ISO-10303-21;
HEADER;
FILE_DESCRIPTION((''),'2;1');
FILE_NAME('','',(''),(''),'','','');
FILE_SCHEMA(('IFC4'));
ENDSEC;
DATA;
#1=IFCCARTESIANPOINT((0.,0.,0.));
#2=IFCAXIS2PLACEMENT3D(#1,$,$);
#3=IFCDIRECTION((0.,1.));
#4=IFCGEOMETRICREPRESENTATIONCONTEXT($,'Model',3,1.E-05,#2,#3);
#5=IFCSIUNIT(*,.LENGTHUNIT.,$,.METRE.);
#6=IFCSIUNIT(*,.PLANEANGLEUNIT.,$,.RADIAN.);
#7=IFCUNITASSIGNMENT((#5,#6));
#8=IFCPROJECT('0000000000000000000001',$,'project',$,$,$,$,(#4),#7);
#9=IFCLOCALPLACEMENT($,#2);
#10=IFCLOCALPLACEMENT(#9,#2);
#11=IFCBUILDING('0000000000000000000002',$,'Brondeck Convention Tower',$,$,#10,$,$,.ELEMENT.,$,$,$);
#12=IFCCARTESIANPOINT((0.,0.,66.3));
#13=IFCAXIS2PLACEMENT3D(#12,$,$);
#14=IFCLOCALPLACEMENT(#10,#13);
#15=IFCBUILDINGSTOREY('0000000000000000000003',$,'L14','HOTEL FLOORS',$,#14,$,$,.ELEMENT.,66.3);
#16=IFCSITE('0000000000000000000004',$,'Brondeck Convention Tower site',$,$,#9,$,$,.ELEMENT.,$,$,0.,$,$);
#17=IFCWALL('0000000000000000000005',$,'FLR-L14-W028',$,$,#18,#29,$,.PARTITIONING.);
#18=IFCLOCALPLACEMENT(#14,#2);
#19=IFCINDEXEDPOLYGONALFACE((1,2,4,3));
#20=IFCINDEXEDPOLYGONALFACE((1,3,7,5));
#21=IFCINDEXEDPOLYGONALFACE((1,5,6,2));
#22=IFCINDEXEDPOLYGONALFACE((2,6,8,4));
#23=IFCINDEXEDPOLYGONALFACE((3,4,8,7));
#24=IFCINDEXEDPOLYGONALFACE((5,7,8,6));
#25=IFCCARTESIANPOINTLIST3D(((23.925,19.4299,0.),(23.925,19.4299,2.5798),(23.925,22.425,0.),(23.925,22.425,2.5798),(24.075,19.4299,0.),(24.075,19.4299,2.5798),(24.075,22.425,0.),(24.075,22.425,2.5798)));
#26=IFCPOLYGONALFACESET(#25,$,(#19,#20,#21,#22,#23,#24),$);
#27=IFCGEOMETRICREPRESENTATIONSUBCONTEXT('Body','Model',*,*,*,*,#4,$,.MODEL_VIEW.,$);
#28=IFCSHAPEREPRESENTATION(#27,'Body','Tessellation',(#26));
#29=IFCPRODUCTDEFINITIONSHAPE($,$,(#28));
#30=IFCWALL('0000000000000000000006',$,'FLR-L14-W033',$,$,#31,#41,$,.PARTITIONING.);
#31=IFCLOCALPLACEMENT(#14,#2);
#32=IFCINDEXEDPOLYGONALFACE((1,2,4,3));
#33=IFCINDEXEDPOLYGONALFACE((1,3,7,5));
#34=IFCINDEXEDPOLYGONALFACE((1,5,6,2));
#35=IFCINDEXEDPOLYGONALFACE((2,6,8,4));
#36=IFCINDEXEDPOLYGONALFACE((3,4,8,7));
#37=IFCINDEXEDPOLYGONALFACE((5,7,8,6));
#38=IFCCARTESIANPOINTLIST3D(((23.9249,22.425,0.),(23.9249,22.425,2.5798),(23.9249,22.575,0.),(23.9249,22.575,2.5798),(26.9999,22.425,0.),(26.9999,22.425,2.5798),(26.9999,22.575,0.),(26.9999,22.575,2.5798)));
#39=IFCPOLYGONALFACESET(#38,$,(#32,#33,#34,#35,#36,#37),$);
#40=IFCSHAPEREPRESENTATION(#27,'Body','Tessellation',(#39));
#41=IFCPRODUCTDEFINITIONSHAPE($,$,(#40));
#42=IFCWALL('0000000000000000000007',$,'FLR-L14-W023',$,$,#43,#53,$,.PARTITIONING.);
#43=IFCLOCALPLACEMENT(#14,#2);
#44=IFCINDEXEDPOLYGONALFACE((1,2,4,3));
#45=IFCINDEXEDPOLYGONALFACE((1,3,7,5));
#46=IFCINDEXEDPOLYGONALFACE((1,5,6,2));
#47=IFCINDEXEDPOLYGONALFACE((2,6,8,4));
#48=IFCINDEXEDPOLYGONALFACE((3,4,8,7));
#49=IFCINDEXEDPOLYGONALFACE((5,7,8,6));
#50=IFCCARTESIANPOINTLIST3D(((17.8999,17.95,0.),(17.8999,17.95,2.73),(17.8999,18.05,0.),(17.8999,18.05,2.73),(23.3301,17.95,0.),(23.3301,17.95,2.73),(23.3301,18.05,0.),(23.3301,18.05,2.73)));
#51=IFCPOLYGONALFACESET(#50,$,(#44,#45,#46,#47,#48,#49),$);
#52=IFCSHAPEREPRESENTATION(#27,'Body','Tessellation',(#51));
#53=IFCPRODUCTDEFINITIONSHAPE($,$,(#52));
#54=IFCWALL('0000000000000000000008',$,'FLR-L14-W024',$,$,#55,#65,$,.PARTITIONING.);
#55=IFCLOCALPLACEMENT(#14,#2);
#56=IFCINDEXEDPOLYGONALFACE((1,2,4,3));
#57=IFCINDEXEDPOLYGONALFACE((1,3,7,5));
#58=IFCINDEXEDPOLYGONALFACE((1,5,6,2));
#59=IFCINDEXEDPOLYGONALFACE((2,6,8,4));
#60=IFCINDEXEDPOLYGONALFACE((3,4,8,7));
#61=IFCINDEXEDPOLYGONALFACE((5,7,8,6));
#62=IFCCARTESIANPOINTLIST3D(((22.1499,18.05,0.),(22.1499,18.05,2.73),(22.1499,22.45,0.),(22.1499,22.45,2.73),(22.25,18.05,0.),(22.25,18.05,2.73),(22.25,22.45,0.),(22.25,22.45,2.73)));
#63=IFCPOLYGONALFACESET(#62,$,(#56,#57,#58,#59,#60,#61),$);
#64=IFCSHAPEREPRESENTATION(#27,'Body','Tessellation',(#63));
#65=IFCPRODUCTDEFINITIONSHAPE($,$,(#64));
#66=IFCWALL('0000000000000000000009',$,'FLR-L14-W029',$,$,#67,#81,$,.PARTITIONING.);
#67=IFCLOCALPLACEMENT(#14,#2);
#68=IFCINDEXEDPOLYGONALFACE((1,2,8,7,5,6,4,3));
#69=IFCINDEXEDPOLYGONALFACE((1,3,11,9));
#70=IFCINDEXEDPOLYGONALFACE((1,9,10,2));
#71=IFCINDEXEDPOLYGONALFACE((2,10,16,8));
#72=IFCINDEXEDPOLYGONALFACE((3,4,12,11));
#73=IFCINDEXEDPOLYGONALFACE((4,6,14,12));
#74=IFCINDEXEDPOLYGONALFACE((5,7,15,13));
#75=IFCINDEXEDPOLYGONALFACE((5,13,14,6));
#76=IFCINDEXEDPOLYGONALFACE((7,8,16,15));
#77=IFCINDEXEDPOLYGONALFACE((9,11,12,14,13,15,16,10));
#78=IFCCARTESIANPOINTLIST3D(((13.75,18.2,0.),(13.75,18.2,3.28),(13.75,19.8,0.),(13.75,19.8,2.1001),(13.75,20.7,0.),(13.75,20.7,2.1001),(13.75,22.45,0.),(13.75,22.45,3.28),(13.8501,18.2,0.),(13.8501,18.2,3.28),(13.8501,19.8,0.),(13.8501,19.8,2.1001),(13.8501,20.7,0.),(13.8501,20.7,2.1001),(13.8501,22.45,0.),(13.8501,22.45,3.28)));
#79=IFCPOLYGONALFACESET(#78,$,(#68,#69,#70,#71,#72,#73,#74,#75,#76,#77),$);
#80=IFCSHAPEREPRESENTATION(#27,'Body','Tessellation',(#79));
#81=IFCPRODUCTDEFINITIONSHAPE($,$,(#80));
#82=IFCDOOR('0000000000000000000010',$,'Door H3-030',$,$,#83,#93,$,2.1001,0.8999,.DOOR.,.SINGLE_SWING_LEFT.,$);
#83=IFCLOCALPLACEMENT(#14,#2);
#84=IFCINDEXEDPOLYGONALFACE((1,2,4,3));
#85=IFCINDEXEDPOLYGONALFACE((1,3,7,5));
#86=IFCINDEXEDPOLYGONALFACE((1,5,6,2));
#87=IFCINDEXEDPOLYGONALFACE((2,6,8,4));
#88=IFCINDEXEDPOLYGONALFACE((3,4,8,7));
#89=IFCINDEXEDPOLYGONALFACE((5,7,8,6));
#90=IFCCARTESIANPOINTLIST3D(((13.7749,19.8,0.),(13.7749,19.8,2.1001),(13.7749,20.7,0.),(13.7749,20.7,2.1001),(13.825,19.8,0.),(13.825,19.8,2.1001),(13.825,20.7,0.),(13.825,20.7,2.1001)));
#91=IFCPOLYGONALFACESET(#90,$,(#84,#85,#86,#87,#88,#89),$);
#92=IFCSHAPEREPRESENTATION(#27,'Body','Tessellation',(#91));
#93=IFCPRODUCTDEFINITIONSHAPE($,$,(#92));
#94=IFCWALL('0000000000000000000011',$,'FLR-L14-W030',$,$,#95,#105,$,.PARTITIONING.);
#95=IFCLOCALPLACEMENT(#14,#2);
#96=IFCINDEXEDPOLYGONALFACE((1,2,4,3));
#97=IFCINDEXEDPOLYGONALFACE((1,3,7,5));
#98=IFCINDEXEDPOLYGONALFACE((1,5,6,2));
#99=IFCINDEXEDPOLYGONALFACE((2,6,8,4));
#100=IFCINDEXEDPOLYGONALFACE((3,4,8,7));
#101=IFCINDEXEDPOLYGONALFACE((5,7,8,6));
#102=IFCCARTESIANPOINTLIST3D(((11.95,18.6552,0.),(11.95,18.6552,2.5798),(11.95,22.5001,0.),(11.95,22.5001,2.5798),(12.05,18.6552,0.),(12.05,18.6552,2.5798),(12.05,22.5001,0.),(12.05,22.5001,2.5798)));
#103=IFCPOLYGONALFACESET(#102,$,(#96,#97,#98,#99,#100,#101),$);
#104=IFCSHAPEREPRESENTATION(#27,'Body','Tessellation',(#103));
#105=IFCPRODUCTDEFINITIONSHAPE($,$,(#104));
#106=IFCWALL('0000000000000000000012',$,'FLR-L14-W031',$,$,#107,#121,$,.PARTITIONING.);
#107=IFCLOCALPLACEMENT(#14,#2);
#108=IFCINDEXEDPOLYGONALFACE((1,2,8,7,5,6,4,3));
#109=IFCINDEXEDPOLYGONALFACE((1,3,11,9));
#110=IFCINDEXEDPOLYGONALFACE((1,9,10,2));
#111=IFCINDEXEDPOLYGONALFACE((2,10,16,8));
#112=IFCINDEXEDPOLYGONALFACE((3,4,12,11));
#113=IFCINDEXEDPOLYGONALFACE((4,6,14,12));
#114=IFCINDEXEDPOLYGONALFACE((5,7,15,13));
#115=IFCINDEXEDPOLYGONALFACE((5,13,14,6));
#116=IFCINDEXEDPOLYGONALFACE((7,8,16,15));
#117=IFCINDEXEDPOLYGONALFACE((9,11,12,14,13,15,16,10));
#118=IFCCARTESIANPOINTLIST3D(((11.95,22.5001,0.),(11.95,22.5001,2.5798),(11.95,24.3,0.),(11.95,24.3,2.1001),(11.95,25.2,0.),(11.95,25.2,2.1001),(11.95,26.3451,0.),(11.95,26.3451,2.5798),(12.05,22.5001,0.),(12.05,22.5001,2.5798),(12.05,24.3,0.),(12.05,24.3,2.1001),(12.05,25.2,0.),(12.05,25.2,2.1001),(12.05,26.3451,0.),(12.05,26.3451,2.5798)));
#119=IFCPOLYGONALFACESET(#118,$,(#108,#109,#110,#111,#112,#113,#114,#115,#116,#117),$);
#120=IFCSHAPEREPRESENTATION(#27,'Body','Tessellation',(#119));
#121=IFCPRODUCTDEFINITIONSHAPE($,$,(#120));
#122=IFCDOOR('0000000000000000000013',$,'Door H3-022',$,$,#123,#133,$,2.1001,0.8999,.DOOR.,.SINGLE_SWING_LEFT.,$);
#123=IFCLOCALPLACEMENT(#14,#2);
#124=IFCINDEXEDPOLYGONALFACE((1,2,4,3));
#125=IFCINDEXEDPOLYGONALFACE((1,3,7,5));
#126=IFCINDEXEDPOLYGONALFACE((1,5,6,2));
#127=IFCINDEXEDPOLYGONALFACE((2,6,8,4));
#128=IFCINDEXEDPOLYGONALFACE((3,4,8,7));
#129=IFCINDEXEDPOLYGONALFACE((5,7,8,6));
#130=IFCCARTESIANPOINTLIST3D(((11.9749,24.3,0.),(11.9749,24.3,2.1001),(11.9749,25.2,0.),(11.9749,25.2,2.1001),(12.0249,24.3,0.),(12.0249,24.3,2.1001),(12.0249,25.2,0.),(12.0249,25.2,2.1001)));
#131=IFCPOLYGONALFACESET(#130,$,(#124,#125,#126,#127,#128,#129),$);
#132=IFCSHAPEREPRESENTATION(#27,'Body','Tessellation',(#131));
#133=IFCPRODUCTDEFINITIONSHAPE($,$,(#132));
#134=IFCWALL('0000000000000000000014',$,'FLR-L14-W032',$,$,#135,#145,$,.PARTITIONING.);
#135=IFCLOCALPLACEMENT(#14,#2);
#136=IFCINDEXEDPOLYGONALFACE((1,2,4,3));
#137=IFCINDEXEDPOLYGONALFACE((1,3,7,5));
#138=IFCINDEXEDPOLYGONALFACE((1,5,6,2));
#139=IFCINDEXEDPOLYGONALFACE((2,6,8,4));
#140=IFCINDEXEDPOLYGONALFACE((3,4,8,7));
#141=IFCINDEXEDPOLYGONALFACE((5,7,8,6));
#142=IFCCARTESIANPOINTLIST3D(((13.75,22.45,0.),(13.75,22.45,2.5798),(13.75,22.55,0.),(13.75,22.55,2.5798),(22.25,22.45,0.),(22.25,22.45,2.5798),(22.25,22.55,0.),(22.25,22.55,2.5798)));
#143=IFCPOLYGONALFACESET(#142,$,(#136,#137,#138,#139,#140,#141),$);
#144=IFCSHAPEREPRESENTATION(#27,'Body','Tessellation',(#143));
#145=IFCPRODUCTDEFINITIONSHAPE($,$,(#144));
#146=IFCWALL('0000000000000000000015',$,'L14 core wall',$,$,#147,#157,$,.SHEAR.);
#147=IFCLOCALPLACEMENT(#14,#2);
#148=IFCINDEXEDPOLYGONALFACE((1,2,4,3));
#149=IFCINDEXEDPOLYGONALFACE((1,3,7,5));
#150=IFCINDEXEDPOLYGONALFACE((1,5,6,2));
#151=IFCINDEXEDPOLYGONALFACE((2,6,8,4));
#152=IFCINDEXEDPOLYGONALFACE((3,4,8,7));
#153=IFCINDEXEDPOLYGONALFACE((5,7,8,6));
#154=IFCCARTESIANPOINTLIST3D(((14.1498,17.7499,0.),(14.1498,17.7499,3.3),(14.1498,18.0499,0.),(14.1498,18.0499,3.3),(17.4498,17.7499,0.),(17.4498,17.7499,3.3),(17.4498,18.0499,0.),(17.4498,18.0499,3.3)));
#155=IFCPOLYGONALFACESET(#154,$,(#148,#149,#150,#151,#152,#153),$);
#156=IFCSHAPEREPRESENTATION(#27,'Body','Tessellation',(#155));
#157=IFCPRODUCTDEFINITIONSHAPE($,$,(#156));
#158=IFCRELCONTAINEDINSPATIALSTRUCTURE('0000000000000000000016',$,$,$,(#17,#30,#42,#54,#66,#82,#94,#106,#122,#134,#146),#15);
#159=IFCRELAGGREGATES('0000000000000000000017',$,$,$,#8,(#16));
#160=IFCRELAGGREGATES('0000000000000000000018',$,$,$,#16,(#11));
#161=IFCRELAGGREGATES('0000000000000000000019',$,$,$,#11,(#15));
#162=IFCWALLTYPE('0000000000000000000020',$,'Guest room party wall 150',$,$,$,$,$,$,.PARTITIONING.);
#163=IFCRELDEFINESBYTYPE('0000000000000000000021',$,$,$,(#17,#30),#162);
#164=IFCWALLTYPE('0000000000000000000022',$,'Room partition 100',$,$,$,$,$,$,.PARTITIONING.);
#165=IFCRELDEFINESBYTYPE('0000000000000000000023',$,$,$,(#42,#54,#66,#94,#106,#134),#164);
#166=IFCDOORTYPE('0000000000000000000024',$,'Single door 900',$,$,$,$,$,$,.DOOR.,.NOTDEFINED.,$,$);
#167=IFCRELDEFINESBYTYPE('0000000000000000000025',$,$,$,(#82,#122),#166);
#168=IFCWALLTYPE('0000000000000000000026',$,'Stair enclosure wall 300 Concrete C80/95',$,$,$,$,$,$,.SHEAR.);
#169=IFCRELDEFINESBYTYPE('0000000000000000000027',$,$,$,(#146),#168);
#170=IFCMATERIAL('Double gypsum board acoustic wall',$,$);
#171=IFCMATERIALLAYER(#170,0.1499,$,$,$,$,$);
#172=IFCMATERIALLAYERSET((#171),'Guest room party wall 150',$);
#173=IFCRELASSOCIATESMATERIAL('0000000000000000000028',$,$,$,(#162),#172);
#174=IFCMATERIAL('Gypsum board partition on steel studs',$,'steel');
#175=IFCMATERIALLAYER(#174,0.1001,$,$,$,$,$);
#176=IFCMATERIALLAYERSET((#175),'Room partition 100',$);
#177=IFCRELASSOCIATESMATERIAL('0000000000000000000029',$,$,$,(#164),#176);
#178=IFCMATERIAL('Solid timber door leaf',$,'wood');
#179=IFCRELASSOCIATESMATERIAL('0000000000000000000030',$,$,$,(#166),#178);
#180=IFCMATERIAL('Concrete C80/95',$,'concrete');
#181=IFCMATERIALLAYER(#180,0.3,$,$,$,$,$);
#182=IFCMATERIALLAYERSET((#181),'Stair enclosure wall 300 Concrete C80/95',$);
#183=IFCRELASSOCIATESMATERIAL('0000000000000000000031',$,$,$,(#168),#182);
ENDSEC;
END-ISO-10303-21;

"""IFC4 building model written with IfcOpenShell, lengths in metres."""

from ifc_helpers import new_model, si_unit, direction, frame, frame_2d, origin, place, context, subcontext, project, spatial, rectangle, extrude, material, layer, layer_set, type_object, element, fill, save


model = new_model("IFC4")

# Units and contexts
model_context = context("Model", 3, precision=1e-05, world=origin(), true_north=direction((0.0, 1.0)))
body_context = subcontext(model_context, "Body", "Model", "MODEL_VIEW")
ifc_project = project(units=[si_unit("LENGTHUNIT", "METRE"), si_unit("PLANEANGLEUNIT", "RADIAN")], contexts=[model_context])

# Site, building, storey
site_placement = place(None, origin())
site = spatial("IfcSite", under=ifc_project, at=site_placement, Name="Brondeck Convention Tower site", CompositionType="ELEMENT", RefElevation=0.0)
building_placement = place(site_placement, origin())
building = spatial("IfcBuilding", under=site, at=building_placement, Name="Brondeck Convention Tower", CompositionType="ELEMENT")
storey_placement = place(building_placement, frame((0.0, 0.0, 66.3)))
storey = spatial("IfcBuildingStorey", under=building, at=storey_placement, Name="L14", Description="HOTEL FLOORS", CompositionType="ELEMENT", Elevation=66.3)

# Shared definitions
ifc_material_1 = material(Name="Concrete C80/95", Category="concrete")

# Shared definitions
ifc_material_2 = material(Name="Double gypsum board acoustic wall")
ifc_layer_1 = layer(ifc_material_2, 0.1499)
ifc_layer_set_1 = layer_set([ifc_layer_1], Name="Guest room party wall 150")
wall_type_1 = type_object("IfcWallType", Name="Guest room party wall 150", PredefinedType="PARTITIONING", material=ifc_layer_set_1)

# Shared definitions
ifc_material_3 = material(Name="Solid timber door leaf", Category="wood")

# Walls
wall_1_placement = place(storey_placement, frame((24.0, 22.425, 0.0), z_axis=(0.0, 0.0, 1.0), x_axis=(0.0, -1.0, 0.0)))
element("IfcWall", 1, at=wall_1_placement, inside=storey, type_object=wall_type_1, Name="FLR-L14-W028", PredefinedType="PARTITIONING", context=body_context, shape_type="SweptSolid", body=[
    extrude(rectangle(XDim=2.9951, YDim=0.1499, at=frame_2d((1.4976, 0.0))), origin(), (0.0, 0.0, 1.0), 2.5798),
])
wall_2_placement = place(storey_placement, frame((27.0, 22.5, 0.0), z_axis=(0.0, 0.0, 1.0), x_axis=(-1.0, 0.0, 0.0)))
element("IfcWall", 2, at=wall_2_placement, inside=storey, type_object=wall_type_1, Name="FLR-L14-W033", PredefinedType="PARTITIONING", context=body_context, shape_type="SweptSolid", body=[
    extrude(rectangle(XDim=3.075, YDim=0.1499, at=frame_2d((1.5376, 0.0))), origin(), (0.0, 0.0, 1.0), 2.5798),
])
ifc_material_4 = material(Name="Gypsum board partition on steel studs", Category="steel")
ifc_layer_2 = layer(ifc_material_4, 0.1001)
ifc_layer_set_2 = layer_set([ifc_layer_2], Name="Room partition 100")
wall_type_2 = type_object("IfcWallType", Name="Room partition 100", PredefinedType="PARTITIONING", material=ifc_layer_set_2)
wall_3_placement = place(storey_placement, frame((23.3301, 18.0, 0.0), z_axis=(0.0, 0.0, 1.0), x_axis=(-1.0, 0.0, 0.0)))
element("IfcWall", 3, at=wall_3_placement, inside=storey, type_object=wall_type_2, Name="FLR-L14-W023", PredefinedType="PARTITIONING", context=body_context, shape_type="SweptSolid", body=[
    extrude(rectangle(XDim=5.4302, YDim=0.1001, at=frame_2d((2.7151, 0.0))), origin(), (0.0, 0.0, 1.0), 2.73),
])
wall_4_placement = place(storey_placement, frame((22.2, 18.05, 0.0), z_axis=(0.0, 0.0, 1.0), x_axis=(0.0, 1.0, 0.0)))
element("IfcWall", 4, at=wall_4_placement, inside=storey, type_object=wall_type_2, Name="FLR-L14-W024", PredefinedType="PARTITIONING", context=body_context, shape_type="SweptSolid", body=[
    extrude(rectangle(XDim=4.3999, YDim=0.1001, at=frame_2d((2.2, 0.0))), origin(), (0.0, 0.0, 1.0), 2.73),
])

# Wall, opening, door
wall_5_placement = place(storey_placement, frame((13.8, 22.45, 0.0), z_axis=(0.0, 0.0, 1.0), x_axis=(0.0, -1.0, 0.0)))
wall_5 = element("IfcWall", 5, at=wall_5_placement, inside=storey, type_object=wall_type_2, Name="FLR-L14-W029", PredefinedType="PARTITIONING", context=body_context, shape_type="SweptSolid", body=[
    extrude(rectangle(XDim=4.25, YDim=0.1001, at=frame_2d((2.125, 0.0))), origin(), (0.0, 0.0, 1.0), 3.28),
])
opening_1_placement = place(wall_5_placement, frame((1.75, 0.0, 0.0)))
opening_1 = element("IfcOpeningElement", 6, at=opening_1_placement, cuts=wall_5, PredefinedType="OPENING", context=body_context, shape_type="SweptSolid", body=[
    extrude(rectangle(XDim=0.8999, YDim=2.1001, at=frame_2d((0.45, 1.05))), frame((0.0, 0.0601, 0.0), z_axis=(0.0, -1.0, 0.0), x_axis=(1.0, 0.0, 0.0)), (0.0, 0.0, 1.0), 0.1201),
])
door_type_1 = type_object("IfcDoorType", Name="Single door 900", OperationType="NOTDEFINED", PredefinedType="DOOR", material=ifc_material_3)
door_1_placement = place(opening_1_placement, origin())
door_1 = element("IfcDoor", 7, at=door_1_placement, inside=storey, type_object=door_type_1, Name="Door H3-030", OperationType="SINGLE_SWING_LEFT", OverallHeight=2.1001, OverallWidth=0.8999, PredefinedType="DOOR", context=body_context, shape_type="SweptSolid", body=[
    extrude(rectangle(XDim=0.8999, YDim=2.1001, at=frame_2d((0.45, 1.05))), frame((0.0, 0.0249, 0.0), z_axis=(0.0, -1.0, 0.0), x_axis=(1.0, 0.0, 0.0)), (0.0, 0.0, 1.0), 0.05),
])
fill(opening_1, door_1)

# Wall
wall_6_placement = place(storey_placement, frame((12.0, 22.5, 0.0), z_axis=(0.0, 0.0, 1.0), x_axis=(0.0, -1.0, 0.0)))
element("IfcWall", 8, at=wall_6_placement, inside=storey, type_object=wall_type_2, Name="FLR-L14-W030", PredefinedType="PARTITIONING", context=body_context, shape_type="SweptSolid", body=[
    extrude(rectangle(XDim=3.845, YDim=0.1001, at=frame_2d((1.9224, 0.0))), origin(), (0.0, 0.0, 1.0), 2.5798),
])

# Wall, opening, door
wall_7_placement = place(storey_placement, frame((12.0, 26.345, 0.0), z_axis=(0.0, 0.0, 1.0), x_axis=(0.0, -1.0, 0.0)))
wall_7 = element("IfcWall", 9, at=wall_7_placement, inside=storey, type_object=wall_type_2, Name="FLR-L14-W031", PredefinedType="PARTITIONING", context=body_context, shape_type="SweptSolid", body=[
    extrude(rectangle(XDim=3.845, YDim=0.1001, at=frame_2d((1.9224, 0.0))), origin(), (0.0, 0.0, 1.0), 2.5798),
])
opening_2_placement = place(wall_7_placement, frame((1.145, 0.0, 0.0)))
opening_2 = element("IfcOpeningElement", 10, at=opening_2_placement, cuts=wall_7, PredefinedType="OPENING", context=body_context, shape_type="SweptSolid", body=[
    extrude(rectangle(XDim=0.8999, YDim=2.1001, at=frame_2d((0.45, 1.05))), frame((0.0, 0.0601, 0.0), z_axis=(0.0, -1.0, 0.0), x_axis=(1.0, 0.0, 0.0)), (0.0, 0.0, 1.0), 0.1201),
])
door_2_placement = place(opening_2_placement, origin())
door_2 = element("IfcDoor", 11, at=door_2_placement, inside=storey, type_object=door_type_1, Name="Door H3-022", OperationType="SINGLE_SWING_LEFT", OverallHeight=2.1001, OverallWidth=0.8999, PredefinedType="DOOR", context=body_context, shape_type="SweptSolid", body=[
    extrude(rectangle(XDim=0.8999, YDim=2.1001, at=frame_2d((0.45, 1.05))), frame((0.0, 0.0249, 0.0), z_axis=(0.0, -1.0, 0.0), x_axis=(1.0, 0.0, 0.0)), (0.0, 0.0, 1.0), 0.05),
])
fill(opening_2, door_2)

# Walls
wall_8_placement = place(storey_placement, frame((22.25, 22.5, 0.0), z_axis=(0.0, 0.0, 1.0), x_axis=(-1.0, 0.0, 0.0)))
element("IfcWall", 12, at=wall_8_placement, inside=storey, type_object=wall_type_2, Name="FLR-L14-W032", PredefinedType="PARTITIONING", context=body_context, shape_type="SweptSolid", body=[
    extrude(rectangle(XDim=8.5, YDim=0.1001, at=frame_2d((4.25, 0.0))), origin(), (0.0, 0.0, 1.0), 2.5798),
])
ifc_layer_3 = layer(ifc_material_1, 0.3)
ifc_layer_set_3 = layer_set([ifc_layer_3], Name="Stair enclosure wall 300 Concrete C80/95")
wall_type_3 = type_object("IfcWallType", Name="Stair enclosure wall 300 Concrete C80/95", PredefinedType="SHEAR", material=ifc_layer_set_3)
wall_9_placement = place(storey_placement, frame((14.1499, 17.8999, 0.0), z_axis=(0.0, 0.0, 1.0), x_axis=(1.0, 0.0, 0.0)))
element("IfcWall", 13, at=wall_9_placement, inside=storey, type_object=wall_type_3, Name="L14 core wall", PredefinedType="SHEAR", context=body_context, shape_type="SweptSolid", body=[
    extrude(rectangle(XDim=3.3, YDim=0.3, at=frame_2d((1.6499, 0.0))), origin(), (0.0, 0.0, 1.0), 3.3),
])

save(model, "model.ifc")
